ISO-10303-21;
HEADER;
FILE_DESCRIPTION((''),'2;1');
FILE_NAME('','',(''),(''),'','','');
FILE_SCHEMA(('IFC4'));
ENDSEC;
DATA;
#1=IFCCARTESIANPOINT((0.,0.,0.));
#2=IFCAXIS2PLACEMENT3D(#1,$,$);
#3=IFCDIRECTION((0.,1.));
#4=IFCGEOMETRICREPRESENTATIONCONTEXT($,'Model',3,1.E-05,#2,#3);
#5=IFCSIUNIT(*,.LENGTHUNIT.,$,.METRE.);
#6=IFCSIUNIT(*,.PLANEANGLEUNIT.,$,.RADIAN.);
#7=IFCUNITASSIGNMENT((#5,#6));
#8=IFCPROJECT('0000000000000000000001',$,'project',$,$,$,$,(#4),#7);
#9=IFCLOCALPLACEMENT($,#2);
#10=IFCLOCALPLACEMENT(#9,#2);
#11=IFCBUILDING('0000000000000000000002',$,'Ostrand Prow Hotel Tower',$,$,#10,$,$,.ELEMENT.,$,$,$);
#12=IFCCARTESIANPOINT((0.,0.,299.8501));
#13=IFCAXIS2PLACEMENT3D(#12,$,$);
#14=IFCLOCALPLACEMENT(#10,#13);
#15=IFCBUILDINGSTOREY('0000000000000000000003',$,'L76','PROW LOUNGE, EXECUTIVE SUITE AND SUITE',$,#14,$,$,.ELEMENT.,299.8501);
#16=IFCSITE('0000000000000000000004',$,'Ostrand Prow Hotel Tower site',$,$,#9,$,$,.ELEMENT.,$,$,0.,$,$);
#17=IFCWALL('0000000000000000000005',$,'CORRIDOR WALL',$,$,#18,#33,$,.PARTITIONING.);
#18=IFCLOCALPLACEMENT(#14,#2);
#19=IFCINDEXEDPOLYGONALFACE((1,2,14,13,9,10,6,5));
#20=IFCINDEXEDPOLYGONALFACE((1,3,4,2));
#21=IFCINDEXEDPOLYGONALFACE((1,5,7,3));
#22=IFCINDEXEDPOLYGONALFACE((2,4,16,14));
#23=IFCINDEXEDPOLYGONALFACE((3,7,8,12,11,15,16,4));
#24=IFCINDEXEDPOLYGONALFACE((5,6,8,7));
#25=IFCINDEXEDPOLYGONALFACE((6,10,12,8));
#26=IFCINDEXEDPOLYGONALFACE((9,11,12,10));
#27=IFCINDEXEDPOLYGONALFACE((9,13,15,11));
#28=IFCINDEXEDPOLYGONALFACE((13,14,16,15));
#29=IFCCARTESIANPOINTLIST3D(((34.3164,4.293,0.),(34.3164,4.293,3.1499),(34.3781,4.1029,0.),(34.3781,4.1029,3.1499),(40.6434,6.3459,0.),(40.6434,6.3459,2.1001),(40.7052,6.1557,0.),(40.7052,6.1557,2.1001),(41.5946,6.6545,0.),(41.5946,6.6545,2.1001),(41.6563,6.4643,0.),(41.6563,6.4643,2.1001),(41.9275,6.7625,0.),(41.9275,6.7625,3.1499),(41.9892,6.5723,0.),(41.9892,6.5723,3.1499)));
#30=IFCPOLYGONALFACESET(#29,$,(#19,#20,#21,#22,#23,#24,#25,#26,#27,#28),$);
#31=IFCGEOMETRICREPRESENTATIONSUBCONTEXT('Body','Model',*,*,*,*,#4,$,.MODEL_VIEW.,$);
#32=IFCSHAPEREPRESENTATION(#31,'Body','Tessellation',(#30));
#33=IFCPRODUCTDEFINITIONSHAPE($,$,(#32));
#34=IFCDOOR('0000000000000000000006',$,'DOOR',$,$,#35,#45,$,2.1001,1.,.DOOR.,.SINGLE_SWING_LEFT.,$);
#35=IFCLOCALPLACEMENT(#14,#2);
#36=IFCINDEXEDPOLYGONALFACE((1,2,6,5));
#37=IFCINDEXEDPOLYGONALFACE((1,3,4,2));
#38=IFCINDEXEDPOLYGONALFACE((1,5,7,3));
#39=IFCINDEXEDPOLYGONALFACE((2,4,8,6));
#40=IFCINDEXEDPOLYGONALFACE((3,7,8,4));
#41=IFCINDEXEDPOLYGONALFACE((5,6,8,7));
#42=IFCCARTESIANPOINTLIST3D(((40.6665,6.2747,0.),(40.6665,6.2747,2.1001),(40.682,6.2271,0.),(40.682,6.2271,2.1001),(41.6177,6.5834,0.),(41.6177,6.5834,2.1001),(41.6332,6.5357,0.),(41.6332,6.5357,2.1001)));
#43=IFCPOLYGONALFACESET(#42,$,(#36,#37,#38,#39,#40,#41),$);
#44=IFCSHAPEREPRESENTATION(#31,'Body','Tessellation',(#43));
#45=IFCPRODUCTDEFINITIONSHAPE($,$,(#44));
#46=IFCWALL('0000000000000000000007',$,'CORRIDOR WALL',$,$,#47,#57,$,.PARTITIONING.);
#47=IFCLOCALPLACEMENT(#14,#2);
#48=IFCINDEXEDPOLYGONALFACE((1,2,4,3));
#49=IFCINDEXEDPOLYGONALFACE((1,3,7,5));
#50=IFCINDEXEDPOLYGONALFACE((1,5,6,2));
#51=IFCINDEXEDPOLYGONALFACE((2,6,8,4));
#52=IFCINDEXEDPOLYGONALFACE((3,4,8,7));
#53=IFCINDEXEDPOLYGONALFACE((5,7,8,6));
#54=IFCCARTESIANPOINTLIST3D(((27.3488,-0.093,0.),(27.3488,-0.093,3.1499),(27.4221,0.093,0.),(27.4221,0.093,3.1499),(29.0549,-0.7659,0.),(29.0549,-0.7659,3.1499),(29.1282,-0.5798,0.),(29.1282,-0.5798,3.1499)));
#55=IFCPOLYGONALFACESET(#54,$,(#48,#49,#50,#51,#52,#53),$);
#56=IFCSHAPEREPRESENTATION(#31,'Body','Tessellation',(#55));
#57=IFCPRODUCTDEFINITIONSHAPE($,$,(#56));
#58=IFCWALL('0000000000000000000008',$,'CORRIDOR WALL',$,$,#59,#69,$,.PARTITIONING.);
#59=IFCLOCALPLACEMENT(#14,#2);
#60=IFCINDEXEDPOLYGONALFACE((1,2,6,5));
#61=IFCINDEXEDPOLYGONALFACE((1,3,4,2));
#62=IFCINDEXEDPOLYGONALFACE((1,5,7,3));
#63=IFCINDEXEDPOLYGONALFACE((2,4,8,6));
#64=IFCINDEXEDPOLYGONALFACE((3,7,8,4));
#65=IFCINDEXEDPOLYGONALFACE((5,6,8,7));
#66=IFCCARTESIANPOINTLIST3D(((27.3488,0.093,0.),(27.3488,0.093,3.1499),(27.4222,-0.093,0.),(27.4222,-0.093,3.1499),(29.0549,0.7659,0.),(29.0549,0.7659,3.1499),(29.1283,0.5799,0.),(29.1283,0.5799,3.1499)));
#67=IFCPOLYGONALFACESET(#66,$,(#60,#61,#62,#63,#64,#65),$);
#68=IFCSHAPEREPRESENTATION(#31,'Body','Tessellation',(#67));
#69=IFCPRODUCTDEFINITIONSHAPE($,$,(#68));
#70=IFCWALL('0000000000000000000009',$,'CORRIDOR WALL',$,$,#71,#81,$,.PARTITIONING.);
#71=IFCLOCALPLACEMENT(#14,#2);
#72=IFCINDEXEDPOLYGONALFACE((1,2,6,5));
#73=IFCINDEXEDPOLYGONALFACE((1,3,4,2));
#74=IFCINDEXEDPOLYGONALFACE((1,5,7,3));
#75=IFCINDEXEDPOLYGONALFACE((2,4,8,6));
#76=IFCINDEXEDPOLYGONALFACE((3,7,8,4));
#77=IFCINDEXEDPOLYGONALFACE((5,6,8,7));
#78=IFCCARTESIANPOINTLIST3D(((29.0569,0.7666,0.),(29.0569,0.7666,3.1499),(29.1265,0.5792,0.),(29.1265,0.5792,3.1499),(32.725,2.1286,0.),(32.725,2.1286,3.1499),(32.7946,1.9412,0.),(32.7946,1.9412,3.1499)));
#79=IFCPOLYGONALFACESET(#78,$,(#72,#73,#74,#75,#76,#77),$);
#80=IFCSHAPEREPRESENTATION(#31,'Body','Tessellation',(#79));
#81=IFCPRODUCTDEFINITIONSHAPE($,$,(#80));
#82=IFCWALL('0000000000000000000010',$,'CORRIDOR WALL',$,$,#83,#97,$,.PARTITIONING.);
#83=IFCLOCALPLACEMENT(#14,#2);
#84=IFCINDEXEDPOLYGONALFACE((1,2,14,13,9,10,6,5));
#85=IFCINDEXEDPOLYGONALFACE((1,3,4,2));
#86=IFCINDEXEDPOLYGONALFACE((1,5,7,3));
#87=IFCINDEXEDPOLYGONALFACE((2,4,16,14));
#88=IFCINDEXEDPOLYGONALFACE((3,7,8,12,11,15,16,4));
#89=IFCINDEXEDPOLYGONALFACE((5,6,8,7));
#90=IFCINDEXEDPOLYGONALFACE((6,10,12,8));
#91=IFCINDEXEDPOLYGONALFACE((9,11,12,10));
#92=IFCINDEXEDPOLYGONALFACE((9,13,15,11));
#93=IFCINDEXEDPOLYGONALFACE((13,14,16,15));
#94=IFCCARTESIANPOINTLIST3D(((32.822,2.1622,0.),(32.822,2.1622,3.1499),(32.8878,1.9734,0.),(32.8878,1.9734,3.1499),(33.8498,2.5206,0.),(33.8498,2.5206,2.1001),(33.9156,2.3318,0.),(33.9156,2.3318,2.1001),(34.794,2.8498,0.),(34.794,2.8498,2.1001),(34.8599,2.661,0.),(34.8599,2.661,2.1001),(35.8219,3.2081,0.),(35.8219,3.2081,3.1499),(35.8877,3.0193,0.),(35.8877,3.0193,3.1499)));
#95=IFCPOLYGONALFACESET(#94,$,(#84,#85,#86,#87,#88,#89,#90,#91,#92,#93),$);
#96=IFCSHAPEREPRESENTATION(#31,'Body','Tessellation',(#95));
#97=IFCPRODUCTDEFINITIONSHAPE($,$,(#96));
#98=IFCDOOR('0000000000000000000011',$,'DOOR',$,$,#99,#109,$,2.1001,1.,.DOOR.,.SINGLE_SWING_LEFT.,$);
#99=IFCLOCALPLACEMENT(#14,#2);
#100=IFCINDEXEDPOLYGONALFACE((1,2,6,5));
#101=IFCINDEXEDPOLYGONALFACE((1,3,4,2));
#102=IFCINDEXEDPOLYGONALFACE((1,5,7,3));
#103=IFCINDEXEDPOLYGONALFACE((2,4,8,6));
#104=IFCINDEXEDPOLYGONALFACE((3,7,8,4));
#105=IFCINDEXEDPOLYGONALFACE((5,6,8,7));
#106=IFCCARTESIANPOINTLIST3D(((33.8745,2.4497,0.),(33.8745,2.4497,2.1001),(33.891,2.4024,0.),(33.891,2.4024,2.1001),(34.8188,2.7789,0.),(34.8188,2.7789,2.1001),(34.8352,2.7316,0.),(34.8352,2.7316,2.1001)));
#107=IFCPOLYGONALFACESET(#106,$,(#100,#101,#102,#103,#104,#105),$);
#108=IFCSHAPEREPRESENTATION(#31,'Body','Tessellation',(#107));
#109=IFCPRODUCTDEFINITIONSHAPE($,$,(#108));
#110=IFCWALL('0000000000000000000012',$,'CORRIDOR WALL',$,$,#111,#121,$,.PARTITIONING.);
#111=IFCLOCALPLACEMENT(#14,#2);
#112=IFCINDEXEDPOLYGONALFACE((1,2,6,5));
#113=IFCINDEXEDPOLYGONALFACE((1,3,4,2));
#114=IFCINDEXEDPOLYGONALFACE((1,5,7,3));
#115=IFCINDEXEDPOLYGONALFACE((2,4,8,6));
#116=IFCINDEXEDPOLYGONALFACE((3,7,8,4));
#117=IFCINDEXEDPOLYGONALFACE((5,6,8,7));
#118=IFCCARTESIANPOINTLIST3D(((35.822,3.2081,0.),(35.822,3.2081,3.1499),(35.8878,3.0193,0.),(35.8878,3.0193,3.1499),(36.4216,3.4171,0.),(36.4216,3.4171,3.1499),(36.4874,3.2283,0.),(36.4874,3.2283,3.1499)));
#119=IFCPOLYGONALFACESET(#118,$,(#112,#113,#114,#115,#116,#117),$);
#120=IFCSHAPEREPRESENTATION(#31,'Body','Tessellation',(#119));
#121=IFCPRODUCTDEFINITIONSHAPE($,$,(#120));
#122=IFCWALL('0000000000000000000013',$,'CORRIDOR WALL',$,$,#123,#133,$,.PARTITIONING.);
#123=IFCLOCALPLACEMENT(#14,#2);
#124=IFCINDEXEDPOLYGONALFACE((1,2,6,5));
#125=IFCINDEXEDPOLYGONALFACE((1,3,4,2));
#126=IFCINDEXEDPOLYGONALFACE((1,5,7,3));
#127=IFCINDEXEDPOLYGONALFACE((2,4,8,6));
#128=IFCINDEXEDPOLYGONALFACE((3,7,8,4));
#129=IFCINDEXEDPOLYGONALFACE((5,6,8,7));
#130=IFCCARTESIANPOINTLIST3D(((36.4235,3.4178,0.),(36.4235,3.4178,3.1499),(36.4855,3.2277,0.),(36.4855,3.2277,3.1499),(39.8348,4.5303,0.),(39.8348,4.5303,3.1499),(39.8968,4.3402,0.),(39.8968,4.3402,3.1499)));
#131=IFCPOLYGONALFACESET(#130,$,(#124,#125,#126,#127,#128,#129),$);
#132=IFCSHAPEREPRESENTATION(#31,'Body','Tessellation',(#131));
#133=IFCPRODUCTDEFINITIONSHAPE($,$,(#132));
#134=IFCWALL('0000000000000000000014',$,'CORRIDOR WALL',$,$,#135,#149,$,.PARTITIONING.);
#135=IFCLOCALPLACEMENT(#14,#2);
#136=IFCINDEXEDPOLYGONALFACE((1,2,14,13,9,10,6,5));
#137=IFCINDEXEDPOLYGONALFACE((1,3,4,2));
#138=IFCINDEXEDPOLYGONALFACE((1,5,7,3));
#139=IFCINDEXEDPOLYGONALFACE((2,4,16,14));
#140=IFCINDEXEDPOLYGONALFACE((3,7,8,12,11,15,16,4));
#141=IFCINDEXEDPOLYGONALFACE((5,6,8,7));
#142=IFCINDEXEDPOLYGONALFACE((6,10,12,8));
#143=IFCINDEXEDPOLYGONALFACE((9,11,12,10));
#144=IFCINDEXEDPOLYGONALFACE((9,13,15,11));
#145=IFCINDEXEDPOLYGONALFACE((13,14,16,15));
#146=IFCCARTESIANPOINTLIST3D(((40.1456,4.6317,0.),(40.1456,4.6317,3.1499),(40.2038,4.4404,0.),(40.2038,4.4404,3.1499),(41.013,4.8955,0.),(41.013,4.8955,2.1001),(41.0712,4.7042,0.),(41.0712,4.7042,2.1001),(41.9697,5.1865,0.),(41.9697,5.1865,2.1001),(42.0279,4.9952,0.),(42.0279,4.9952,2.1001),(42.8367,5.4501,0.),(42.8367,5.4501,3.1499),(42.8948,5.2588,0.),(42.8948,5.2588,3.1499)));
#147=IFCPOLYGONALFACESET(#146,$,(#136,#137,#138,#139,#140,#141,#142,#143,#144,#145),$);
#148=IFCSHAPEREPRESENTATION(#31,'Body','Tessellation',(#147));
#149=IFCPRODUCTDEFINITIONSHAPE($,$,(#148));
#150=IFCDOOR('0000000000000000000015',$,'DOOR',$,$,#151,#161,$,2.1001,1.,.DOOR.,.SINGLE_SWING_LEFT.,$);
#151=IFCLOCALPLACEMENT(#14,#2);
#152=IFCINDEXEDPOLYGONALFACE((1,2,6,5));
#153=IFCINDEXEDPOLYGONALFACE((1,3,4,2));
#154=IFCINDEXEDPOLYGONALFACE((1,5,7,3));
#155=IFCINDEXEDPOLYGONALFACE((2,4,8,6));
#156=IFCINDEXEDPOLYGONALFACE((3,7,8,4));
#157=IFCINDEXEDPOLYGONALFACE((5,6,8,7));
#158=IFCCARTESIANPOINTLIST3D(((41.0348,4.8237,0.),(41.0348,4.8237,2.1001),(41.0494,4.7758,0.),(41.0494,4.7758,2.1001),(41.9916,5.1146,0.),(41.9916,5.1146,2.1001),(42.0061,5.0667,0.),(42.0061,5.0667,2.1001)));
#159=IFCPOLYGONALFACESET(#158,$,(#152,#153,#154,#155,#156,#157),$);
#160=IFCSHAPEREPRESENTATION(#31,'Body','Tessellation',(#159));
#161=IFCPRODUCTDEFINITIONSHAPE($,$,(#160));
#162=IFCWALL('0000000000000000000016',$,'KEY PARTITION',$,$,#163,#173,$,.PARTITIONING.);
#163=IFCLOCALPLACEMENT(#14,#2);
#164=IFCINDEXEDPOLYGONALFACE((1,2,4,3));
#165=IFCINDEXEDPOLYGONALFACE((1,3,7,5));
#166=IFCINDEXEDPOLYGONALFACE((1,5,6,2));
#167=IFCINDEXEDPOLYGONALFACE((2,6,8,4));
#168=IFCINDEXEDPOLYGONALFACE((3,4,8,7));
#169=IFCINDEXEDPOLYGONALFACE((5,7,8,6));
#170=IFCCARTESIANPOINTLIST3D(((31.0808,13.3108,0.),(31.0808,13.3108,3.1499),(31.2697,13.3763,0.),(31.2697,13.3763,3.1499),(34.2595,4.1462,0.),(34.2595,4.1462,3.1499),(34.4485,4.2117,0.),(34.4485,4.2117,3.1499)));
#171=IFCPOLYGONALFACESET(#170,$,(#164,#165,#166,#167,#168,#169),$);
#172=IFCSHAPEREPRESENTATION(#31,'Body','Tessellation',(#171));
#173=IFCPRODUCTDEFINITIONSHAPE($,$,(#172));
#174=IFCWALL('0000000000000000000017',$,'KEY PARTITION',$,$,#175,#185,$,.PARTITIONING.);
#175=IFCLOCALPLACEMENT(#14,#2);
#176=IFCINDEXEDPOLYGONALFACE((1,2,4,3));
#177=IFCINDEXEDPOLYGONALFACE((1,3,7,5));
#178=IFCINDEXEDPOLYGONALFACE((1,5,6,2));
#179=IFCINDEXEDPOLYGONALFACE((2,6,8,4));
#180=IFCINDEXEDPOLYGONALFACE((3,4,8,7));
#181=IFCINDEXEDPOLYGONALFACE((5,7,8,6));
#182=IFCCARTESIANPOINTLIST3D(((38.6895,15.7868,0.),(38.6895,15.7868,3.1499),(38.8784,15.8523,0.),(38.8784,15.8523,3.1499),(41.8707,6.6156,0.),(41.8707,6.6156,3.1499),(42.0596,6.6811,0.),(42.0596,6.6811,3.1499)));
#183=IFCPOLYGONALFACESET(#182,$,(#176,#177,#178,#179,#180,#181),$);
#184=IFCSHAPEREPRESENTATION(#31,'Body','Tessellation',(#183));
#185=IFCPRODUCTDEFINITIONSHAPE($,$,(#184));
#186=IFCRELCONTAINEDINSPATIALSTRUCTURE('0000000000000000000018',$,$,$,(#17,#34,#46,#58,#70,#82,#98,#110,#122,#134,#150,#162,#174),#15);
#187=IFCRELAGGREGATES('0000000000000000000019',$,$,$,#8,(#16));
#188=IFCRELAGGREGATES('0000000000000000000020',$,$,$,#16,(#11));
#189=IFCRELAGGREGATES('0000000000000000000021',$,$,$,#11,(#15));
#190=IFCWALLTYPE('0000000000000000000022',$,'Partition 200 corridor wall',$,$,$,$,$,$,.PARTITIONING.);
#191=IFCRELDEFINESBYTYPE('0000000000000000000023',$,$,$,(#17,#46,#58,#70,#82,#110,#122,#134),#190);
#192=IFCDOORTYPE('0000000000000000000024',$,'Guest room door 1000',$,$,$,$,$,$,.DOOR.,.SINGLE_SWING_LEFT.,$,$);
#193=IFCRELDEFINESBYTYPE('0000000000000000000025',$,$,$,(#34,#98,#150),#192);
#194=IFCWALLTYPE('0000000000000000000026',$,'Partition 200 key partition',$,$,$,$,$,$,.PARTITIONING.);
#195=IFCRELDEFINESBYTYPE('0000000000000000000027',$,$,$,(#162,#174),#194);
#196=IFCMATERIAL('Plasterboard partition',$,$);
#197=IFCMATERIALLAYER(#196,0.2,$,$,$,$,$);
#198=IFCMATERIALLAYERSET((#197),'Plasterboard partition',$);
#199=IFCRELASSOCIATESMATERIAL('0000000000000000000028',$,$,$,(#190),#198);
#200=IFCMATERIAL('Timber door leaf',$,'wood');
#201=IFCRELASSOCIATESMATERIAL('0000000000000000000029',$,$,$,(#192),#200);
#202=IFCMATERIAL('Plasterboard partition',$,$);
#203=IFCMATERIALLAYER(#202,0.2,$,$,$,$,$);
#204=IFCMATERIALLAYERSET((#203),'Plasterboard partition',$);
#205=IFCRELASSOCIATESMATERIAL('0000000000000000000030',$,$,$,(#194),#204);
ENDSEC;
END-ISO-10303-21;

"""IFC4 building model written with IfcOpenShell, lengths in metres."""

from ifc_helpers import new_model, si_unit, direction, frame, frame_2d, origin, place, context, subcontext, project, spatial, rectangle, extrude, material, layer, layer_set, type_object, element, fill, save


model = new_model("IFC4")

# Units and contexts
model_context = context("Model", 3, precision=1e-05, world=origin(), true_north=direction((0.0, 1.0)))
body_context = subcontext(model_context, "Body", "Model", "MODEL_VIEW")
ifc_project = project(units=[si_unit("LENGTHUNIT", "METRE"), si_unit("PLANEANGLEUNIT", "RADIAN")], contexts=[model_context])

# Site, building, storey
site_placement = place(None, origin())
site = spatial("IfcSite", under=ifc_project, at=site_placement, Name="Ostrand Prow Hotel Tower site", CompositionType="ELEMENT", RefElevation=0.0)
building_placement = place(site_placement, origin())
building = spatial("IfcBuilding", under=site, at=building_placement, Name="Ostrand Prow Hotel Tower", CompositionType="ELEMENT")
storey_placement = place(building_placement, frame((0.0, 0.0, 299.8501)))
storey = spatial("IfcBuildingStorey", under=building, at=storey_placement, Name="L76", Description="PROW LOUNGE, EXECUTIVE SUITE AND SUITE", CompositionType="ELEMENT", Elevation=299.8501)

# Wall, opening, door
ifc_material_1 = material(Name="Plasterboard partition")
ifc_layer_1 = layer(ifc_material_1, 0.2)
ifc_layer_set_1 = layer_set([ifc_layer_1], Name="Plasterboard partition")
wall_type_1 = type_object("IfcWallType", Name="Partition 200 corridor wall", PredefinedType="PARTITIONING", material=ifc_layer_set_1)
ifc_material_2 = material(Name="Timber door leaf", Category="wood")
door_type_1 = type_object("IfcDoorType", Name="Guest room door 1000", OperationType="SINGLE_SWING_LEFT", PredefinedType="DOOR", material=ifc_material_2)
wall_1_placement = place(storey_placement, frame((41.9585, 6.6675, 0.0), z_axis=(0.0, 0.0, 1.0), x_axis=(-0.951185, -0.30862, 0.0)))
wall_1 = element("IfcWall", 1, at=wall_1_placement, inside=storey, type_object=wall_type_1, Name="CORRIDOR WALL", PredefinedType="PARTITIONING", context=body_context, shape_type="SweptSolid", body=[
    extrude(rectangle(XDim=8.0017, YDim=0.2, at=frame_2d((4.001, 0.0))), origin(), (0.0, 0.0, 1.0), 3.1499),
])
opening_1_placement = place(wall_1_placement, frame((0.3501, 0.0, 0.0)))
opening_1 = element("IfcOpeningElement", 2, at=opening_1_placement, cuts=wall_1, PredefinedType="OPENING", context=body_context, shape_type="SweptSolid", body=[
    extrude(rectangle(XDim=1.0, YDim=2.1001, at=frame_2d((0.5, 1.05))), frame((0.0, 0.1099, 0.0), z_axis=(0.0, -1.0, 0.0), x_axis=(1.0, 0.0, 0.0)), (0.0, 0.0, 1.0), 0.22),
])
door_1_placement = place(opening_1_placement, origin())
door_1 = element("IfcDoor", 3, at=door_1_placement, inside=storey, type_object=door_type_1, Name="DOOR", OperationType="SINGLE_SWING_LEFT", OverallHeight=2.1001, OverallWidth=1.0, PredefinedType="DOOR", context=body_context, shape_type="SweptSolid", body=[
    extrude(rectangle(XDim=1.0, YDim=2.1001, at=frame_2d((0.5, 1.05))), frame((0.0, 0.0249, 0.0), z_axis=(0.0, -1.0, 0.0), x_axis=(1.0, 0.0, 0.0)), (0.0, 0.0, 1.0), 0.05),
])
fill(opening_1, door_1)

# Walls
for number, where, z_axis, x_axis, name in (
    (4, (29.0916, -0.6729, 0.0), (0.0, 0.0, 1.0), (-0.930265, 0.366888, 0.0), "CORRIDOR WALL"),
    (5, (27.3855, 0.0, 0.0), (0.0, 0.0, 1.0), (0.930265, 0.366888, 0.0), "CORRIDOR WALL"),
):
    element("IfcWall", number, at=place(storey_placement, frame(where, z_axis=z_axis, x_axis=x_axis)), inside=storey, type_object=wall_type_1, Name=name, PredefinedType="PARTITIONING", context=body_context, shape_type="SweptSolid", body=[
        extrude(rectangle(XDim=1.834, YDim=0.2, at=frame_2d((0.917, 0.0))), origin(), (0.0, 0.0, 1.0), 3.1499),
    ])
wall_2_placement = place(storey_placement, frame((29.0916, 0.6729, 0.0), z_axis=(0.0, 0.0, 1.0), x_axis=(0.93746, 0.348093, 0.0)))
element("IfcWall", 6, at=wall_2_placement, inside=storey, type_object=wall_type_1, Name="CORRIDOR WALL", PredefinedType="PARTITIONING", context=body_context, shape_type="SweptSolid", body=[
    extrude(rectangle(XDim=3.9128, YDim=0.2, at=frame_2d((1.9565, 0.0))), origin(), (0.0, 0.0, 1.0), 3.1499),
])

# Wall, opening, door
wall_3_placement = place(storey_placement, frame((32.855, 2.0679, 0.0), z_axis=(0.0, 0.0, 1.0), x_axis=(0.94426, 0.3292, 0.0)))
wall_3 = element("IfcWall", 7, at=wall_3_placement, inside=storey, type_object=wall_type_1, Name="CORRIDOR WALL", PredefinedType="PARTITIONING", context=body_context, shape_type="SweptSolid", body=[
    extrude(rectangle(XDim=3.177, YDim=0.2, at=frame_2d((1.5884, 0.0))), origin(), (0.0, 0.0, 1.0), 3.1499),
])
opening_2_placement = place(wall_3_placement, frame((1.0884, 0.0, 0.0)))
opening_2 = element("IfcOpeningElement", 8, at=opening_2_placement, cuts=wall_3, PredefinedType="OPENING", context=body_context, shape_type="SweptSolid", body=[
    extrude(rectangle(XDim=1.0, YDim=2.1001, at=frame_2d((0.5, 1.05))), frame((0.0, 0.1099, 0.0), z_axis=(0.0, -1.0, 0.0), x_axis=(1.0, 0.0, 0.0)), (0.0, 0.0, 1.0), 0.22),
])
door_2_placement = place(opening_2_placement, origin())
door_2 = element("IfcDoor", 9, at=door_2_placement, inside=storey, type_object=door_type_1, Name="DOOR", OperationType="SINGLE_SWING_LEFT", OverallHeight=2.1001, OverallWidth=1.0, PredefinedType="DOOR", context=body_context, shape_type="SweptSolid", body=[
    extrude(rectangle(XDim=1.0, YDim=2.1001, at=frame_2d((0.5, 1.05))), frame((0.0, 0.0249, 0.0), z_axis=(0.0, -1.0, 0.0), x_axis=(1.0, 0.0, 0.0)), (0.0, 0.0, 1.0), 0.05),
])
fill(opening_2, door_2)

# Walls
wall_4_placement = place(storey_placement, frame((35.855, 3.1138, 0.0), z_axis=(0.0, 0.0, 1.0), x_axis=(0.944289, 0.329117, 0.0)))
element("IfcWall", 10, at=wall_4_placement, inside=storey, type_object=wall_type_1, Name="CORRIDOR WALL", PredefinedType="PARTITIONING", context=body_context, shape_type="SweptSolid", body=[
    extrude(rectangle(XDim=0.635, YDim=0.2, at=frame_2d((0.3174, 0.0))), origin(), (0.0, 0.0, 1.0), 3.1499),
])
wall_5_placement = place(storey_placement, frame((36.4546, 3.3228, 0.0), z_axis=(0.0, 0.0, 1.0), x_axis=(0.950718, 0.310057, 0.0)))
element("IfcWall", 11, at=wall_5_placement, inside=storey, type_object=wall_type_1, Name="CORRIDOR WALL", PredefinedType="PARTITIONING", context=body_context, shape_type="SweptSolid", body=[
    extrude(rectangle(XDim=3.5881, YDim=0.2, at=frame_2d((1.7939, 0.0))), origin(), (0.0, 0.0, 1.0), 3.1499),
])

# Wall, opening, door
wall_6_placement = place(storey_placement, frame((40.1748, 4.5361, 0.0), z_axis=(0.0, 0.0, 1.0), x_axis=(0.956742, 0.290937, 0.0)))
wall_6 = element("IfcWall", 12, at=wall_6_placement, inside=storey, type_object=wall_type_1, Name="CORRIDOR WALL", PredefinedType="PARTITIONING", context=body_context, shape_type="SweptSolid", body=[
    extrude(rectangle(XDim=2.8127, YDim=0.2, at=frame_2d((1.4062, 0.0))), origin(), (0.0, 0.0, 1.0), 3.1499),
])
opening_3_placement = place(wall_6_placement, frame((0.9065, 0.0, 0.0)))
opening_3 = element("IfcOpeningElement", 13, at=opening_3_placement, cuts=wall_6, PredefinedType="OPENING", context=body_context, shape_type="SweptSolid", body=[
    extrude(rectangle(XDim=1.0, YDim=2.1001, at=frame_2d((0.5, 1.05))), frame((0.0, 0.1099, 0.0), z_axis=(0.0, -1.0, 0.0), x_axis=(1.0, 0.0, 0.0)), (0.0, 0.0, 1.0), 0.22),
])
door_3_placement = place(opening_3_placement, origin())
door_3 = element("IfcDoor", 14, at=door_3_placement, inside=storey, type_object=door_type_1, Name="DOOR", OperationType="SINGLE_SWING_LEFT", OverallHeight=2.1001, OverallWidth=1.0, PredefinedType="DOOR", context=body_context, shape_type="SweptSolid", body=[
    extrude(rectangle(XDim=1.0, YDim=2.1001, at=frame_2d((0.5, 1.05))), frame((0.0, 0.0249, 0.0), z_axis=(0.0, -1.0, 0.0), x_axis=(1.0, 0.0, 0.0)), (0.0, 0.0, 1.0), 0.05),
])
fill(opening_3, door_3)

# Walls
ifc_material_3 = material(Name="Plasterboard partition")
ifc_layer_2 = layer(ifc_material_3, 0.2)
ifc_layer_set_2 = layer_set([ifc_layer_2], Name="Plasterboard partition")
wall_type_2 = type_object("IfcWallType", Name="Partition 200 key partition", PredefinedType="PARTITIONING", material=ifc_layer_set_2)
wall_7_placement = place(storey_placement, frame((34.354, 4.179, 0.0), z_axis=(0.0, 0.0, 1.0), x_axis=(-0.327697, 0.944783, 0.0)))
element("IfcWall", 15, at=wall_7_placement, inside=storey, type_object=wall_type_2, Name="KEY PARTITION", PredefinedType="PARTITIONING", context=body_context, shape_type="SweptSolid", body=[
    extrude(rectangle(XDim=9.7002, YDim=0.2, at=frame_2d((4.8501, 0.0))), origin(), (0.0, 0.0, 1.0), 3.1499),
])
wall_8_placement = place(storey_placement, frame((41.9651, 6.6484, 0.0), z_axis=(0.0, 0.0, 1.0), x_axis=(-0.327711, 0.944778, 0.0)))
element("IfcWall", 16, at=wall_8_placement, inside=storey, type_object=wall_type_2, Name="KEY PARTITION", PredefinedType="PARTITIONING", context=body_context, shape_type="SweptSolid", body=[
    extrude(rectangle(XDim=9.7073, YDim=0.2, at=frame_2d((4.8535, 0.0))), origin(), (0.0, 0.0, 1.0), 3.1499),
])

save(model, "model.ifc")
